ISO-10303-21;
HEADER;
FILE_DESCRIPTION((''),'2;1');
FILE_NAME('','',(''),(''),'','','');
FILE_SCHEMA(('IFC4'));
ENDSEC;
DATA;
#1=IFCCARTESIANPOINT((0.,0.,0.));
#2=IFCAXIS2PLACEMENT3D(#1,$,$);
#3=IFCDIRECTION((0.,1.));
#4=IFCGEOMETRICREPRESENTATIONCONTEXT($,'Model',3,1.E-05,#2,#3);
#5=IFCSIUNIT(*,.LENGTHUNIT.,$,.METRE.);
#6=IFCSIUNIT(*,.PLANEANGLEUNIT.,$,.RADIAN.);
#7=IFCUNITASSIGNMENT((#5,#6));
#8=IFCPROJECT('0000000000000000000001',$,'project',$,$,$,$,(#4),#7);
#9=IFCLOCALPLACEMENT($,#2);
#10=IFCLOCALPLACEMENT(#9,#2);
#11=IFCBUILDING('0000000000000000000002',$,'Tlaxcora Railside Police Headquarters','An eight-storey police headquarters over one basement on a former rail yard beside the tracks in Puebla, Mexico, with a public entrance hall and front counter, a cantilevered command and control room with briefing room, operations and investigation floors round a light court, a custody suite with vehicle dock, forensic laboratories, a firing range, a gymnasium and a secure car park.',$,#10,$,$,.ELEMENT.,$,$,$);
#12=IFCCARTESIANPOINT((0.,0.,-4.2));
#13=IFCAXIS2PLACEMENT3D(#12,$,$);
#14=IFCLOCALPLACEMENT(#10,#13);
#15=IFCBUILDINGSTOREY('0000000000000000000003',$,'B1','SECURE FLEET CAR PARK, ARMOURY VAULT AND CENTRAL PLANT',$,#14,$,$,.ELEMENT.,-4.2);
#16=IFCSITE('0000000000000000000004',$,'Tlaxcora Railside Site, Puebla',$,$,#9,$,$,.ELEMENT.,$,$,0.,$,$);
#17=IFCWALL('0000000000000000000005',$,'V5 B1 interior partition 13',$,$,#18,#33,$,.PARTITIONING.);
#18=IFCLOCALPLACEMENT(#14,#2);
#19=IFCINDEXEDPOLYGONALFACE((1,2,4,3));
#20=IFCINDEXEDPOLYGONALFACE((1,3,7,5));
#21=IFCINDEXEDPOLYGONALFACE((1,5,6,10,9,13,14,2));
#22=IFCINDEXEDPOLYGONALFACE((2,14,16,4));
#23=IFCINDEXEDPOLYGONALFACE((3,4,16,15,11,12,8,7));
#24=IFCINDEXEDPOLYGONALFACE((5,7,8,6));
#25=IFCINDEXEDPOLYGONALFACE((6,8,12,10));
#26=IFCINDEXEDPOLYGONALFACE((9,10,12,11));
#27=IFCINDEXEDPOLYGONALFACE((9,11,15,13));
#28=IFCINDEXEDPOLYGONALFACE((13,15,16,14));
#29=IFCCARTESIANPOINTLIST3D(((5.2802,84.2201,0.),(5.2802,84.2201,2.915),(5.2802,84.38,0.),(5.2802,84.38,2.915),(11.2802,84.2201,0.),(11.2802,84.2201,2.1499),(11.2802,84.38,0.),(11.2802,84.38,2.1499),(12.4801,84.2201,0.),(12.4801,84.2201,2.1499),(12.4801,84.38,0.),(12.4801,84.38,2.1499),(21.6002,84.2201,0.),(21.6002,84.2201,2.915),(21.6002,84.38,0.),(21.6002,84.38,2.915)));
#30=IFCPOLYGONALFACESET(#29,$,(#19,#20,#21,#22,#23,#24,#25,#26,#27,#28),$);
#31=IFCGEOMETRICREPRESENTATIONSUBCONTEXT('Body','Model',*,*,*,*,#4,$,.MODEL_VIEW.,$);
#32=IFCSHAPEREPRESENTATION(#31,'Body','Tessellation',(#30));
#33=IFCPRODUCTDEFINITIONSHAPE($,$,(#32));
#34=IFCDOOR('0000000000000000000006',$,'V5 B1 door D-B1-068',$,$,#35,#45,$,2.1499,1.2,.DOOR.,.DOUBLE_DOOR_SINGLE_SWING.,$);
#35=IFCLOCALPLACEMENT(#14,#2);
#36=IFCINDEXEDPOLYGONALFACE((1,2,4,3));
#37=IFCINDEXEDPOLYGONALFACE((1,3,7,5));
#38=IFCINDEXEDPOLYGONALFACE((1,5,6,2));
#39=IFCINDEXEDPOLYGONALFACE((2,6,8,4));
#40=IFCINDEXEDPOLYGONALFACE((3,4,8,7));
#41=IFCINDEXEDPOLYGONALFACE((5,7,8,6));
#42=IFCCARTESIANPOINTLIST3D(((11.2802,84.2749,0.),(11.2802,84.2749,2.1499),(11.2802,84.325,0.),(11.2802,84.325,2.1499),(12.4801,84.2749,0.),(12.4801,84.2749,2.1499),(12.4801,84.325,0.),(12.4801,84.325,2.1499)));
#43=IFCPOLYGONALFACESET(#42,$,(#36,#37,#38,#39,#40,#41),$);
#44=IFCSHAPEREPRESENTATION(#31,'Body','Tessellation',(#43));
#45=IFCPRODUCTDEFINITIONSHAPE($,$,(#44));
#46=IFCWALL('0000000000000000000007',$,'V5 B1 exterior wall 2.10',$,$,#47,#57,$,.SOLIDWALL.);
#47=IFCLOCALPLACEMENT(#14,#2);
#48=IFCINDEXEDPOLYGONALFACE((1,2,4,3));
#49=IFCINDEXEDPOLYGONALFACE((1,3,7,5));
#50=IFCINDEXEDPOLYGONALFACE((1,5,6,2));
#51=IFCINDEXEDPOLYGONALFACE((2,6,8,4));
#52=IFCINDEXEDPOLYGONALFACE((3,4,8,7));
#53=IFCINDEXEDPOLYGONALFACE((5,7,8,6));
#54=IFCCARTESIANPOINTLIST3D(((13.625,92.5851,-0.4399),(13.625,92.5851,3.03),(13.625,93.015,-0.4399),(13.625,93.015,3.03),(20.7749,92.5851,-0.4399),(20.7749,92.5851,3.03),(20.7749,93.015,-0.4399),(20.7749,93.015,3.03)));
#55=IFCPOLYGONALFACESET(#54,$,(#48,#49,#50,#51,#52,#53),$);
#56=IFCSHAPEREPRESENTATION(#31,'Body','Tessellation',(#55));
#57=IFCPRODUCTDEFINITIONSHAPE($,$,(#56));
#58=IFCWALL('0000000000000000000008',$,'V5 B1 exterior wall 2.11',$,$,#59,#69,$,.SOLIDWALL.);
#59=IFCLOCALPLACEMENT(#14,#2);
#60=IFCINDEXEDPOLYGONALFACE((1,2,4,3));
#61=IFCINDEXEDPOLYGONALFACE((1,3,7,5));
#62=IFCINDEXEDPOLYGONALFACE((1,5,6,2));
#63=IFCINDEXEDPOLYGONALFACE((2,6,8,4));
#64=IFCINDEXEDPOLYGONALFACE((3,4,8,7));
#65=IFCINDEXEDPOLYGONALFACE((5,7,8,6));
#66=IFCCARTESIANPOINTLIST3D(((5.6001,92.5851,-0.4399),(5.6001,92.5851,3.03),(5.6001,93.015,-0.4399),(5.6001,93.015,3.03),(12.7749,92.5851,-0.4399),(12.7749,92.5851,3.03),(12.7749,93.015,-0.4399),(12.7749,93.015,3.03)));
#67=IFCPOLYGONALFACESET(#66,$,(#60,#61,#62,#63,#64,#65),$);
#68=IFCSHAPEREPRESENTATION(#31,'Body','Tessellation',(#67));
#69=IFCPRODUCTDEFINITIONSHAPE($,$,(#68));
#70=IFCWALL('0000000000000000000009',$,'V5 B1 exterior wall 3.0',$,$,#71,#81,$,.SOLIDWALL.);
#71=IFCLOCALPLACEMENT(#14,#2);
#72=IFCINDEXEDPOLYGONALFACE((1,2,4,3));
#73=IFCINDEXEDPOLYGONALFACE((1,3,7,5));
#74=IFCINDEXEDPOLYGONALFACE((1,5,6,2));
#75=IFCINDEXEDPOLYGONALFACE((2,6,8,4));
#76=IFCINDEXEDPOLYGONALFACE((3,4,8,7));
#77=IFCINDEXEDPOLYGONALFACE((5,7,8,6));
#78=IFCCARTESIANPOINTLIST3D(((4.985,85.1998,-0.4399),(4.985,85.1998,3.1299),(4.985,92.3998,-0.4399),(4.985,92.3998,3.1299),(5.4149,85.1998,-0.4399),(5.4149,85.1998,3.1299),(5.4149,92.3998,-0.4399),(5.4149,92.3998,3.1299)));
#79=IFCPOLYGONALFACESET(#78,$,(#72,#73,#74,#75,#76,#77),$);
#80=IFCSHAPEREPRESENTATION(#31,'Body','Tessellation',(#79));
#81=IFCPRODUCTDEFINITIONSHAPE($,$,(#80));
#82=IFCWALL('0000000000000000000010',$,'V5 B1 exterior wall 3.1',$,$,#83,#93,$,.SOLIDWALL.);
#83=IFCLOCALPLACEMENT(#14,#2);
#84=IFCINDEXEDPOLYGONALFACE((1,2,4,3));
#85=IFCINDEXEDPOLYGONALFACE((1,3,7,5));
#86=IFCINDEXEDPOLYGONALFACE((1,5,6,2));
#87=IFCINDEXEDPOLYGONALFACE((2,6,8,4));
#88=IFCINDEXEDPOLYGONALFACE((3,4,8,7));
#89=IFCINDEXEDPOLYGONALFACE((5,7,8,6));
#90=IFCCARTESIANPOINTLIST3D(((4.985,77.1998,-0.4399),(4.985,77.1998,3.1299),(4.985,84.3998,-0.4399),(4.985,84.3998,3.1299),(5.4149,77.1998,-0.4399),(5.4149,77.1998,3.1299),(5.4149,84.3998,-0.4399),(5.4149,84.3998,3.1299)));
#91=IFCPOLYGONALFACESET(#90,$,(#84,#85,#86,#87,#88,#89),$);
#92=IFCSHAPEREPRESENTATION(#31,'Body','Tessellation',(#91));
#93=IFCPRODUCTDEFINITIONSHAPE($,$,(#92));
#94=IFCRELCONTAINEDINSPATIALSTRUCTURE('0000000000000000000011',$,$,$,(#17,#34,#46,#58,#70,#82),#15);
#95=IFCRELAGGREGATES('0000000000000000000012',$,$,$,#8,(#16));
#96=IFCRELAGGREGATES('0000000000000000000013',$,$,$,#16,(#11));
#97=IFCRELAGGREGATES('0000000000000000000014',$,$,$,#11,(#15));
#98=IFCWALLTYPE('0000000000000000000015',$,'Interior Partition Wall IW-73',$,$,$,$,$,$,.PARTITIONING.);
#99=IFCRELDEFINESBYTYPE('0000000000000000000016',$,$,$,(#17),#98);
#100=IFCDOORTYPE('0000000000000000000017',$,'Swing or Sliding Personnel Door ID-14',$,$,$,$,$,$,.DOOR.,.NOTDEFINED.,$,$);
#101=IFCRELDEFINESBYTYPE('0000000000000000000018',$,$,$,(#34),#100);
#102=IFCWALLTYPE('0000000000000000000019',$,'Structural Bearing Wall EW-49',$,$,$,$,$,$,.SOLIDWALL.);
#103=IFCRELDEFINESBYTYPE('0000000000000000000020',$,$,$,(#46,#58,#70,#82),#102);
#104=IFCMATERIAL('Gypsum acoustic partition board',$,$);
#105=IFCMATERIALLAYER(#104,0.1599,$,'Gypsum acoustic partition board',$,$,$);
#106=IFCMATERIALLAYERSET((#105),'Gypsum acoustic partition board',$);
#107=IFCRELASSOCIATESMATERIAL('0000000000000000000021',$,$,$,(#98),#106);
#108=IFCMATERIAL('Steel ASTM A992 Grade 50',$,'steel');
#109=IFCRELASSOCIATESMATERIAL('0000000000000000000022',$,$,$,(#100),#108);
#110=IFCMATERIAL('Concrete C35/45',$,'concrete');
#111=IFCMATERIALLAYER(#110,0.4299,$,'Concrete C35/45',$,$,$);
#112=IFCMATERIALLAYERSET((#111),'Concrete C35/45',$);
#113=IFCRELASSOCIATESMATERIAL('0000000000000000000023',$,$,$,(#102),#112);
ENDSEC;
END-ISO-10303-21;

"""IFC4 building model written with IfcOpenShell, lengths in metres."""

from ifc_helpers import new_model, si_unit, direction, frame, frame_2d, origin, place, context, subcontext, project, spatial, rectangle, extrude, material, layer, layer_set, type_object, element, fill, save


model = new_model("IFC4")

# Units and contexts
model_context = context("Model", 3, precision=1e-05, world=origin(), true_north=direction((0.0, 1.0)))
body_context = subcontext(model_context, "Body", "Model", "MODEL_VIEW")
ifc_project = project(units=[si_unit("LENGTHUNIT", "METRE"), si_unit("PLANEANGLEUNIT", "RADIAN")], contexts=[model_context])

# Site, building, storey
site_placement = place(None, origin())
site = spatial("IfcSite", under=ifc_project, at=site_placement, Name="Tlaxcora Railside Site, Puebla", CompositionType="ELEMENT", RefElevation=0.0)
building_placement = place(site_placement, origin())
building = spatial("IfcBuilding", under=site, at=building_placement, Name="Tlaxcora Railside Police Headquarters", Description="An eight-storey police headquarters over one basement on a former rail yard beside the tracks in Puebla, Mexico, with a public entrance hall and front counter, a cantilevered command and control room with briefing room, operations and investigation floors round a light court, a custody suite with vehicle dock, forensic laboratories, a firing range, a gymnasium and a secure car park.", CompositionType="ELEMENT")
storey_placement = place(building_placement, frame((0.0, 0.0, -4.2)))
storey = spatial("IfcBuildingStorey", under=building, at=storey_placement, Name="B1", Description="SECURE FLEET CAR PARK, ARMOURY VAULT AND CENTRAL PLANT", CompositionType="ELEMENT", Elevation=-4.2)

# Shared definitions
ifc_material_1 = material(Name="Concrete C35/45", Category="concrete")

# Shared definitions
ifc_material_2 = material(Name="Steel ASTM A992 Grade 50", Category="steel")

# Wall, opening, door
ifc_material_3 = material(Name="Gypsum acoustic partition board")
ifc_layer_1 = layer(ifc_material_3, 0.1599, Name="Gypsum acoustic partition board")
ifc_layer_set_1 = layer_set([ifc_layer_1], Name="Gypsum acoustic partition board")
wall_type_1 = type_object("IfcWallType", Name="Interior Partition Wall IW-73", PredefinedType="PARTITIONING", material=ifc_layer_set_1)
wall_1_placement = place(storey_placement, frame((5.28, 84.3, 0.0), z_axis=(0.0, 0.0, 1.0), x_axis=(1.0, 0.0, 0.0)))
wall_1 = element("IfcWall", 1, at=wall_1_placement, inside=storey, type_object=wall_type_1, Name="V5 B1 interior partition 13", PredefinedType="PARTITIONING", context=body_context, shape_type="SweptSolid", body=[
    extrude(rectangle(XDim=16.3201, YDim=0.1599, at=frame_2d((8.1602, 0.0))), origin(), (0.0, 0.0, 1.0), 2.915),
])
opening_placement = place(wall_1_placement, frame((6.0, 0.0, 0.0)))
opening = element("IfcOpeningElement", 2, at=opening_placement, cuts=wall_1, PredefinedType="OPENING", context=body_context, shape_type="SweptSolid", body=[
    extrude(rectangle(XDim=1.2, YDim=2.1499, at=frame_2d((0.6001, 1.075))), frame((0.0, 0.0898, 0.0), z_axis=(0.0, -1.0, 0.0), x_axis=(1.0, 0.0, 0.0)), (0.0, 0.0, 1.0), 0.1799),
])
door_type = type_object("IfcDoorType", Name="Swing or Sliding Personnel Door ID-14", OperationType="NOTDEFINED", PredefinedType="DOOR", material=ifc_material_2)
door_placement = place(opening_placement, origin())
door = element("IfcDoor", 3, at=door_placement, inside=storey, type_object=door_type, Name="V5 B1 door D-B1-068", OperationType="DOUBLE_DOOR_SINGLE_SWING", OverallHeight=2.1499, OverallWidth=1.2, PredefinedType="DOOR", context=body_context, shape_type="SweptSolid", body=[
    extrude(rectangle(XDim=1.2, YDim=2.1499, at=frame_2d((0.6001, 1.075))), frame((0.0, 0.0249, 0.0), z_axis=(0.0, -1.0, 0.0), x_axis=(1.0, 0.0, 0.0)), (0.0, 0.0, 1.0), 0.05),
])
fill(opening, door)

# Walls
ifc_layer_2 = layer(ifc_material_1, 0.4299, Name="Concrete C35/45")
ifc_layer_set_2 = layer_set([ifc_layer_2], Name="Concrete C35/45")
wall_type_2 = type_object("IfcWallType", Name="Structural Bearing Wall EW-49", PredefinedType="SOLIDWALL", material=ifc_layer_set_2)
wall_2_placement = place(storey_placement, frame((20.7749, 92.8, -0.4399), z_axis=(0.0, 0.0, 1.0), x_axis=(-1.0, 0.0, 0.0)))
element("IfcWall", 4, at=wall_2_placement, inside=storey, type_object=wall_type_2, Name="V5 B1 exterior wall 2.10", PredefinedType="SOLIDWALL", context=body_context, shape_type="SweptSolid", body=[
    extrude(rectangle(XDim=7.1499, YDim=0.4299, at=frame_2d((3.575, 0.0))), origin(), (0.0, 0.0, 1.0), 3.47),
])
wall_3_placement = place(storey_placement, frame((12.7749, 92.8, -0.4399), z_axis=(0.0, 0.0, 1.0), x_axis=(-1.0, 0.0, 0.0)))
element("IfcWall", 5, at=wall_3_placement, inside=storey, type_object=wall_type_2, Name="V5 B1 exterior wall 2.11", PredefinedType="SOLIDWALL", context=body_context, shape_type="SweptSolid", body=[
    extrude(rectangle(XDim=7.1748, YDim=0.4299, at=frame_2d((3.5874, 0.0))), origin(), (0.0, 0.0, 1.0), 3.47),
])
for number, where, z_axis, x_axis, name in (
    (6, (5.2, 92.3999, -0.4399), (0.0, 0.0, 1.0), (0.0, -1.0, 0.0), "V5 B1 exterior wall 3.0"),
    (7, (5.2, 84.3999, -0.4399), (0.0, 0.0, 1.0), (0.0, -1.0, 0.0), "V5 B1 exterior wall 3.1"),
):
    element("IfcWall", number, at=place(storey_placement, frame(where, z_axis=z_axis, x_axis=x_axis)), inside=storey, type_object=wall_type_2, Name=name, PredefinedType="SOLIDWALL", context=body_context, shape_type="SweptSolid", body=[
        extrude(rectangle(XDim=7.2, YDim=0.4299, at=frame_2d((3.6001, 0.0))), origin(), (0.0, 0.0, 1.0), 3.5698),
    ])

save(model, "model.ifc")
